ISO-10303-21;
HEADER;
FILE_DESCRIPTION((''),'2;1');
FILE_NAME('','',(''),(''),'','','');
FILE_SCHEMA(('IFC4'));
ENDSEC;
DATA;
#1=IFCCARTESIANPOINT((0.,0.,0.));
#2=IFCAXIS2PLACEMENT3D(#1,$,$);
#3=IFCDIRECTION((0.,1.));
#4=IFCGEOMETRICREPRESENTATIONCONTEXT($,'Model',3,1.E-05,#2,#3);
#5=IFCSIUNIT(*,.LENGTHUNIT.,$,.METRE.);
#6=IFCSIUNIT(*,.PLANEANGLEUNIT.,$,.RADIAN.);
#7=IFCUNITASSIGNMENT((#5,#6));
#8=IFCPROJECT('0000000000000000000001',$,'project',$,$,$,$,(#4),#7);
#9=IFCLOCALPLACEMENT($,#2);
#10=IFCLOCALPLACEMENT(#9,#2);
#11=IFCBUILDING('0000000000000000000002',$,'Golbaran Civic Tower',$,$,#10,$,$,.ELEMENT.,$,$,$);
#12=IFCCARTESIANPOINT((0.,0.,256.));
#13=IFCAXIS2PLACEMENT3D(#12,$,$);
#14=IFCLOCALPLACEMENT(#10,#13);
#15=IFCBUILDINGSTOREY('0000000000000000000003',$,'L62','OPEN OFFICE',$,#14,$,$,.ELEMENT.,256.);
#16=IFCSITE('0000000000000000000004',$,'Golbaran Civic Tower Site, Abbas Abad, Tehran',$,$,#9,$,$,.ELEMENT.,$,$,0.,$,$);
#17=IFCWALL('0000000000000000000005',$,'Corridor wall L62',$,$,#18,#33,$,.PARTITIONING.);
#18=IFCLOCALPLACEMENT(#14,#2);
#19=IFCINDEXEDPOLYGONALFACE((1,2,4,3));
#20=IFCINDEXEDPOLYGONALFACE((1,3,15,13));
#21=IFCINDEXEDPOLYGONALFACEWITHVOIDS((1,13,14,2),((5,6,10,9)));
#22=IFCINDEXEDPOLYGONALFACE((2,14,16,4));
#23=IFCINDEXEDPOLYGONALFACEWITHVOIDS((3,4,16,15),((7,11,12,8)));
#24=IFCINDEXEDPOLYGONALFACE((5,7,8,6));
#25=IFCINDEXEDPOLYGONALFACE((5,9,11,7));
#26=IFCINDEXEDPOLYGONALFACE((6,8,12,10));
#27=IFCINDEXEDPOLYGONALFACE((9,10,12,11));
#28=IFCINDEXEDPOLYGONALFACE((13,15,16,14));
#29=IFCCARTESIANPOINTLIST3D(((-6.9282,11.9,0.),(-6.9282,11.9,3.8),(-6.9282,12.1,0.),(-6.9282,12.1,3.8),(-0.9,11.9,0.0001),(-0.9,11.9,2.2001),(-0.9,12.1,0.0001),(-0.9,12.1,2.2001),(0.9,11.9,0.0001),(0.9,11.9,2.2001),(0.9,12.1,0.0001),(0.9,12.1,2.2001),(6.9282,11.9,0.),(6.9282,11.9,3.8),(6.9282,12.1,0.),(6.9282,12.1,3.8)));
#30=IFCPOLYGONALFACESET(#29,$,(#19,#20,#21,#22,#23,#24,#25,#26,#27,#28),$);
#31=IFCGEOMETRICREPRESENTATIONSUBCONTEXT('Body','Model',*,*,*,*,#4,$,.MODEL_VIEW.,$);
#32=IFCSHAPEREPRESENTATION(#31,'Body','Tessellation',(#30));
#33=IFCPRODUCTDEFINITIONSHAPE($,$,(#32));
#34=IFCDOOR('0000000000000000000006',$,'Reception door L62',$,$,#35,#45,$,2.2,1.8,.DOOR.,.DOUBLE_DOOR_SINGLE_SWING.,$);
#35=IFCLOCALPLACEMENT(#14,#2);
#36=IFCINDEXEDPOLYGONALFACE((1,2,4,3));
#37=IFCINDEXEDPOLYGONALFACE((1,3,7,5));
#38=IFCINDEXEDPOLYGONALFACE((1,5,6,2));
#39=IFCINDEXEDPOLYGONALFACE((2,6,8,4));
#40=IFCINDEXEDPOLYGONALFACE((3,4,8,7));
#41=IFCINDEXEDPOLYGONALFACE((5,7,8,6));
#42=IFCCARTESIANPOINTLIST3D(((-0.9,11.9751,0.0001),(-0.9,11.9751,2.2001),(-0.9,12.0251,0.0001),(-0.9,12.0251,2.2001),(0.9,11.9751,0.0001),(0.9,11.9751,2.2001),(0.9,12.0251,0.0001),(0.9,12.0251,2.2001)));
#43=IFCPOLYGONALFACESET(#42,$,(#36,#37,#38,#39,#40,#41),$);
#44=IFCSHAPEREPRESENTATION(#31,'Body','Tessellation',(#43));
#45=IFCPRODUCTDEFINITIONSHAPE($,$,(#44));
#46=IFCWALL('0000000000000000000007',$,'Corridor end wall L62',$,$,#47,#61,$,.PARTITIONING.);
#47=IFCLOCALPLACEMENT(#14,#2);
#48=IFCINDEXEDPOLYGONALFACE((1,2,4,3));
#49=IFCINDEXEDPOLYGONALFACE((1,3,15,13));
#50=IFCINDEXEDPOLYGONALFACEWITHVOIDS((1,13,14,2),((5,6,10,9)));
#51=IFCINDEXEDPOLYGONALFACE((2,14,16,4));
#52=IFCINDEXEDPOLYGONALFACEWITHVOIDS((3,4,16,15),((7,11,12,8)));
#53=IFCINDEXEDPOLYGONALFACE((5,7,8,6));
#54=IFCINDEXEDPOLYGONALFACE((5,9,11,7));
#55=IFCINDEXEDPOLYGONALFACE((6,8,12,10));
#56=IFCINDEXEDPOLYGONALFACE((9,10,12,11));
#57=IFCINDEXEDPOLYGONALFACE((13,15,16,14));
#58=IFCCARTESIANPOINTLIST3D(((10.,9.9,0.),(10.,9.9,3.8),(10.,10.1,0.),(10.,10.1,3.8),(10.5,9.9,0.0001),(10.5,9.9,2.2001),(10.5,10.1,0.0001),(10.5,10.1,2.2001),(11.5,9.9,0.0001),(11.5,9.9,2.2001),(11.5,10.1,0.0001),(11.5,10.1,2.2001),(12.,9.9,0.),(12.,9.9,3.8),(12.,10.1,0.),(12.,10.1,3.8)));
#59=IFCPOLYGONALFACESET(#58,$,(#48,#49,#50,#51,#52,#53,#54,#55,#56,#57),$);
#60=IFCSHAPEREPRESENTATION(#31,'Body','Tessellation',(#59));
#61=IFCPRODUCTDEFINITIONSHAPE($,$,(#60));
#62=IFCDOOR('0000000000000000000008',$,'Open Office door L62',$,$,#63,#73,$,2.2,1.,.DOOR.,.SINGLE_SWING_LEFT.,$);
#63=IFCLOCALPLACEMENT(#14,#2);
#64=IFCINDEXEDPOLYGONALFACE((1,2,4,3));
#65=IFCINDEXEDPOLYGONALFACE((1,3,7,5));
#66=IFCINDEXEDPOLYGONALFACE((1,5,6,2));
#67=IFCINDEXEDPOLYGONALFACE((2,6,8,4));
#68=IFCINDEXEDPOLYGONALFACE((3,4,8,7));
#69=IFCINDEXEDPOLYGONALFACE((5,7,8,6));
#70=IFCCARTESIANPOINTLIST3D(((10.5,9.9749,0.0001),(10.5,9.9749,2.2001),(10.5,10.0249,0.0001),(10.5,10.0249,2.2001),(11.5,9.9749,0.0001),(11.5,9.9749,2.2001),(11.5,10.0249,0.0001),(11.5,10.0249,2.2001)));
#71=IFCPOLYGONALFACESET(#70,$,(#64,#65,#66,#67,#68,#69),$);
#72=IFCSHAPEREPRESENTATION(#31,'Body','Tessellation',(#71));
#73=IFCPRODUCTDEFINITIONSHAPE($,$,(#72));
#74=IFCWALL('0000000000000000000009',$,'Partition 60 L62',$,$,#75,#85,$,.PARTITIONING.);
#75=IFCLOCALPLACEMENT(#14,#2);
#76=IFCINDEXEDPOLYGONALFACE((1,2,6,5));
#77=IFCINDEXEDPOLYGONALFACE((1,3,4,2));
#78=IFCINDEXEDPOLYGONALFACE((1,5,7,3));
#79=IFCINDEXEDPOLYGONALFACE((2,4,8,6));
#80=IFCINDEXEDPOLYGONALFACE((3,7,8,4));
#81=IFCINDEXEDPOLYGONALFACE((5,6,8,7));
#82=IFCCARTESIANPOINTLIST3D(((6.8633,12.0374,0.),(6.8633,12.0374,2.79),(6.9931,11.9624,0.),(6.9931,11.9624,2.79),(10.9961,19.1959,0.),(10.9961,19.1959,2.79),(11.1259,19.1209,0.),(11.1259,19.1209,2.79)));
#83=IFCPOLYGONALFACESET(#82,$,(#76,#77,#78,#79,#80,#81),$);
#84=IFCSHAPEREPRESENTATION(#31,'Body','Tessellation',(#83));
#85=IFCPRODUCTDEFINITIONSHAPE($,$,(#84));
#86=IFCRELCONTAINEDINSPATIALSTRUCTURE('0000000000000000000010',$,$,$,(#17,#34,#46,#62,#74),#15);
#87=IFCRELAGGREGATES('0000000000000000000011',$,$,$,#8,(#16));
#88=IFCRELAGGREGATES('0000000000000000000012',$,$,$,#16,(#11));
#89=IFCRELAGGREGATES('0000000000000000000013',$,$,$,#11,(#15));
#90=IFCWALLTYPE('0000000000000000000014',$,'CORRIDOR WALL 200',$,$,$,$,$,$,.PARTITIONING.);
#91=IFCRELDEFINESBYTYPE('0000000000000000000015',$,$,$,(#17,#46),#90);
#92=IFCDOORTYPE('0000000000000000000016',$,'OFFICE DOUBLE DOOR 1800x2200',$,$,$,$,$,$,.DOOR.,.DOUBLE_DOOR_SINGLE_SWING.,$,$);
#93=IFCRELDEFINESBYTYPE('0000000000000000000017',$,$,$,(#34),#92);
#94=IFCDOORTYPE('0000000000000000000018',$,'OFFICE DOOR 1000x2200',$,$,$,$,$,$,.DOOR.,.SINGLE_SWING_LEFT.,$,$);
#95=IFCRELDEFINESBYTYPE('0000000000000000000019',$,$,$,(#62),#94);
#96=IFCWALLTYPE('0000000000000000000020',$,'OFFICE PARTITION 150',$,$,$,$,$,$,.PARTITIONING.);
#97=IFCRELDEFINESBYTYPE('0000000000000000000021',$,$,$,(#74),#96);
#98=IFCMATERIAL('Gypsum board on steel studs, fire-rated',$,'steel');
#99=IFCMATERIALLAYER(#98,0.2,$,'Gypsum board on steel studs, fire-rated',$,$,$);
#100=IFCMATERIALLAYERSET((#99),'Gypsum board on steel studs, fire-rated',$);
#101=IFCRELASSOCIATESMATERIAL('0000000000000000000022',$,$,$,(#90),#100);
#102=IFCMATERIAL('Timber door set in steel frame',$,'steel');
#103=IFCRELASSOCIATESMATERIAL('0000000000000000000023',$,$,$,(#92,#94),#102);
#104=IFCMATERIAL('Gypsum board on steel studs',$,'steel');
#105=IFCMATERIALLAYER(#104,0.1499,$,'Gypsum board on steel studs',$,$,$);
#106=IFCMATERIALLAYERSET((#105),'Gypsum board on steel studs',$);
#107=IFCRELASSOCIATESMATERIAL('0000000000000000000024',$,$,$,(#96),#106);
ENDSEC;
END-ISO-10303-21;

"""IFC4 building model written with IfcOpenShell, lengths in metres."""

from ifc_helpers import new_model, si_unit, direction, frame, frame_2d, origin, place, context, subcontext, project, spatial, rectangle, extrude, material, layer, layer_set, type_object, element, fill, save


model = new_model("IFC4")

# Units and contexts
model_context = context("Model", 3, precision=1e-05, world=origin(), true_north=direction((0.0, 1.0)))
body_context = subcontext(model_context, "Body", "Model", "MODEL_VIEW")
ifc_project = project(units=[si_unit("LENGTHUNIT", "METRE"), si_unit("PLANEANGLEUNIT", "RADIAN")], contexts=[model_context])

# Site, building, storey
site_placement = place(None, origin())
site = spatial("IfcSite", under=ifc_project, at=site_placement, Name="Golbaran Civic Tower Site, Abbas Abad, Tehran", CompositionType="ELEMENT", RefElevation=0.0)
building_placement = place(site_placement, origin())
building = spatial("IfcBuilding", under=site, at=building_placement, Name="Golbaran Civic Tower", CompositionType="ELEMENT")
storey_placement = place(building_placement, frame((0.0, 0.0, 256.0)))
storey = spatial("IfcBuildingStorey", under=building, at=storey_placement, Name="L62", Description="OPEN OFFICE", CompositionType="ELEMENT", Elevation=256.0)

# Shared definitions
ifc_material_1 = material(Name="Gypsum board on steel studs, fire-rated", Category="steel")
ifc_layer_1 = layer(ifc_material_1, 0.2, Name="Gypsum board on steel studs, fire-rated")
ifc_layer_set_1 = layer_set([ifc_layer_1], Name="Gypsum board on steel studs, fire-rated")
wall_type_1 = type_object("IfcWallType", Name="CORRIDOR WALL 200", PredefinedType="PARTITIONING", material=ifc_layer_set_1)

# Walls, openings, doors
wall_1_placement = place(storey_placement, frame((6.9282, 12.0, 0.0), z_axis=(0.0, 0.0, 1.0), x_axis=(-1.0, 0.0, 0.0)))
wall_1 = element("IfcWall", 1, at=wall_1_placement, inside=storey, type_object=wall_type_1, Name="Corridor wall L62", PredefinedType="PARTITIONING", context=body_context, shape_type="SweptSolid", body=[
    extrude(rectangle(XDim=13.8564, YDim=0.2, at=frame_2d((6.9282, 0.0))), origin(), (0.0, 0.0, 1.0), 3.8),
])
opening_1_placement = place(wall_1_placement, frame((6.0283, 0.0, 0.0)))
opening_1 = element("IfcOpeningElement", 2, at=opening_1_placement, cuts=wall_1, PredefinedType="OPENING", context=body_context, shape_type="SweptSolid", body=[
    extrude(rectangle(XDim=1.8, YDim=2.2, at=frame_2d((0.8999, 1.1001))), frame((0.0, 0.1099, 0.0), z_axis=(0.0, -1.0, 0.0), x_axis=(1.0, 0.0, 0.0)), (0.0, 0.0, 1.0), 0.22),
])
ifc_material_2 = material(Name="Timber door set in steel frame", Category="steel")
door_type_1 = type_object("IfcDoorType", Name="OFFICE DOUBLE DOOR 1800x2200", OperationType="DOUBLE_DOOR_SINGLE_SWING", PredefinedType="DOOR", material=ifc_material_2)
door_1_placement = place(opening_1_placement, origin())
door_1 = element("IfcDoor", 3, at=door_1_placement, inside=storey, type_object=door_type_1, Name="Reception door L62", OperationType="DOUBLE_DOOR_SINGLE_SWING", OverallHeight=2.2, OverallWidth=1.8, PredefinedType="DOOR", context=body_context, shape_type="SweptSolid", body=[
    extrude(rectangle(XDim=1.8, YDim=2.2, at=frame_2d((0.8999, 1.1001))), frame((0.0, 0.0249, 0.0), z_axis=(0.0, -1.0, 0.0), x_axis=(1.0, 0.0, 0.0)), (0.0, 0.0, 1.0), 0.05),
])
fill(opening_1, door_1)
wall_2_placement = place(storey_placement, frame((10.0, 10.0, 0.0), z_axis=(0.0, 0.0, 1.0), x_axis=(1.0, 0.0, 0.0)))
wall_2 = element("IfcWall", 4, at=wall_2_placement, inside=storey, type_object=wall_type_1, Name="Corridor end wall L62", PredefinedType="PARTITIONING", context=body_context, shape_type="SweptSolid", body=[
    extrude(rectangle(XDim=2.0, YDim=0.2, at=frame_2d((1.0, 0.0))), origin(), (0.0, 0.0, 1.0), 3.8),
])
opening_2_placement = place(wall_2_placement, frame((0.5, 0.0, 0.0)))
opening_2 = element("IfcOpeningElement", 5, at=opening_2_placement, cuts=wall_2, PredefinedType="OPENING", context=body_context, shape_type="SweptSolid", body=[
    extrude(rectangle(XDim=1.0, YDim=2.2, at=frame_2d((0.5, 1.1001))), frame((0.0, 0.1099, 0.0), z_axis=(0.0, -1.0, 0.0), x_axis=(1.0, 0.0, 0.0)), (0.0, 0.0, 1.0), 0.22),
])
door_type_2 = type_object("IfcDoorType", Name="OFFICE DOOR 1000x2200", OperationType="SINGLE_SWING_LEFT", PredefinedType="DOOR", material=ifc_material_2)
door_2_placement = place(opening_2_placement, origin())
door_2 = element("IfcDoor", 6, at=door_2_placement, inside=storey, type_object=door_type_2, Name="Open Office door L62", OperationType="SINGLE_SWING_LEFT", OverallHeight=2.2, OverallWidth=1.0, PredefinedType="DOOR", context=body_context, shape_type="SweptSolid", body=[
    extrude(rectangle(XDim=1.0, YDim=2.2, at=frame_2d((0.5, 1.1001))), frame((0.0, 0.0249, 0.0), z_axis=(0.0, -1.0, 0.0), x_axis=(1.0, 0.0, 0.0)), (0.0, 0.0, 1.0), 0.05),
])
fill(opening_2, door_2)

# Wall
ifc_material_3 = material(Name="Gypsum board on steel studs", Category="steel")
ifc_layer_2 = layer(ifc_material_3, 0.1499, Name="Gypsum board on steel studs")
ifc_layer_set_2 = layer_set([ifc_layer_2], Name="Gypsum board on steel studs")
wall_type_2 = type_object("IfcWallType", Name="OFFICE PARTITION 150", PredefinedType="PARTITIONING", material=ifc_layer_set_2)
wall_3_placement = place(storey_placement, frame((6.9282, 12.0, 0.0), z_axis=(0.0, 0.0, 1.0), x_axis=(0.499989, 0.866032, 0.0)))
element("IfcWall", 7, at=wall_3_placement, inside=storey, type_object=wall_type_2, Name="Partition 60 L62", PredefinedType="PARTITIONING", context=body_context, shape_type="SweptSolid", body=[
    extrude(rectangle(XDim=8.2659, YDim=0.1499, at=frame_2d((4.1328, 0.0))), origin(), (0.0, 0.0, 1.0), 2.79),
])

save(model, "model.ifc")
